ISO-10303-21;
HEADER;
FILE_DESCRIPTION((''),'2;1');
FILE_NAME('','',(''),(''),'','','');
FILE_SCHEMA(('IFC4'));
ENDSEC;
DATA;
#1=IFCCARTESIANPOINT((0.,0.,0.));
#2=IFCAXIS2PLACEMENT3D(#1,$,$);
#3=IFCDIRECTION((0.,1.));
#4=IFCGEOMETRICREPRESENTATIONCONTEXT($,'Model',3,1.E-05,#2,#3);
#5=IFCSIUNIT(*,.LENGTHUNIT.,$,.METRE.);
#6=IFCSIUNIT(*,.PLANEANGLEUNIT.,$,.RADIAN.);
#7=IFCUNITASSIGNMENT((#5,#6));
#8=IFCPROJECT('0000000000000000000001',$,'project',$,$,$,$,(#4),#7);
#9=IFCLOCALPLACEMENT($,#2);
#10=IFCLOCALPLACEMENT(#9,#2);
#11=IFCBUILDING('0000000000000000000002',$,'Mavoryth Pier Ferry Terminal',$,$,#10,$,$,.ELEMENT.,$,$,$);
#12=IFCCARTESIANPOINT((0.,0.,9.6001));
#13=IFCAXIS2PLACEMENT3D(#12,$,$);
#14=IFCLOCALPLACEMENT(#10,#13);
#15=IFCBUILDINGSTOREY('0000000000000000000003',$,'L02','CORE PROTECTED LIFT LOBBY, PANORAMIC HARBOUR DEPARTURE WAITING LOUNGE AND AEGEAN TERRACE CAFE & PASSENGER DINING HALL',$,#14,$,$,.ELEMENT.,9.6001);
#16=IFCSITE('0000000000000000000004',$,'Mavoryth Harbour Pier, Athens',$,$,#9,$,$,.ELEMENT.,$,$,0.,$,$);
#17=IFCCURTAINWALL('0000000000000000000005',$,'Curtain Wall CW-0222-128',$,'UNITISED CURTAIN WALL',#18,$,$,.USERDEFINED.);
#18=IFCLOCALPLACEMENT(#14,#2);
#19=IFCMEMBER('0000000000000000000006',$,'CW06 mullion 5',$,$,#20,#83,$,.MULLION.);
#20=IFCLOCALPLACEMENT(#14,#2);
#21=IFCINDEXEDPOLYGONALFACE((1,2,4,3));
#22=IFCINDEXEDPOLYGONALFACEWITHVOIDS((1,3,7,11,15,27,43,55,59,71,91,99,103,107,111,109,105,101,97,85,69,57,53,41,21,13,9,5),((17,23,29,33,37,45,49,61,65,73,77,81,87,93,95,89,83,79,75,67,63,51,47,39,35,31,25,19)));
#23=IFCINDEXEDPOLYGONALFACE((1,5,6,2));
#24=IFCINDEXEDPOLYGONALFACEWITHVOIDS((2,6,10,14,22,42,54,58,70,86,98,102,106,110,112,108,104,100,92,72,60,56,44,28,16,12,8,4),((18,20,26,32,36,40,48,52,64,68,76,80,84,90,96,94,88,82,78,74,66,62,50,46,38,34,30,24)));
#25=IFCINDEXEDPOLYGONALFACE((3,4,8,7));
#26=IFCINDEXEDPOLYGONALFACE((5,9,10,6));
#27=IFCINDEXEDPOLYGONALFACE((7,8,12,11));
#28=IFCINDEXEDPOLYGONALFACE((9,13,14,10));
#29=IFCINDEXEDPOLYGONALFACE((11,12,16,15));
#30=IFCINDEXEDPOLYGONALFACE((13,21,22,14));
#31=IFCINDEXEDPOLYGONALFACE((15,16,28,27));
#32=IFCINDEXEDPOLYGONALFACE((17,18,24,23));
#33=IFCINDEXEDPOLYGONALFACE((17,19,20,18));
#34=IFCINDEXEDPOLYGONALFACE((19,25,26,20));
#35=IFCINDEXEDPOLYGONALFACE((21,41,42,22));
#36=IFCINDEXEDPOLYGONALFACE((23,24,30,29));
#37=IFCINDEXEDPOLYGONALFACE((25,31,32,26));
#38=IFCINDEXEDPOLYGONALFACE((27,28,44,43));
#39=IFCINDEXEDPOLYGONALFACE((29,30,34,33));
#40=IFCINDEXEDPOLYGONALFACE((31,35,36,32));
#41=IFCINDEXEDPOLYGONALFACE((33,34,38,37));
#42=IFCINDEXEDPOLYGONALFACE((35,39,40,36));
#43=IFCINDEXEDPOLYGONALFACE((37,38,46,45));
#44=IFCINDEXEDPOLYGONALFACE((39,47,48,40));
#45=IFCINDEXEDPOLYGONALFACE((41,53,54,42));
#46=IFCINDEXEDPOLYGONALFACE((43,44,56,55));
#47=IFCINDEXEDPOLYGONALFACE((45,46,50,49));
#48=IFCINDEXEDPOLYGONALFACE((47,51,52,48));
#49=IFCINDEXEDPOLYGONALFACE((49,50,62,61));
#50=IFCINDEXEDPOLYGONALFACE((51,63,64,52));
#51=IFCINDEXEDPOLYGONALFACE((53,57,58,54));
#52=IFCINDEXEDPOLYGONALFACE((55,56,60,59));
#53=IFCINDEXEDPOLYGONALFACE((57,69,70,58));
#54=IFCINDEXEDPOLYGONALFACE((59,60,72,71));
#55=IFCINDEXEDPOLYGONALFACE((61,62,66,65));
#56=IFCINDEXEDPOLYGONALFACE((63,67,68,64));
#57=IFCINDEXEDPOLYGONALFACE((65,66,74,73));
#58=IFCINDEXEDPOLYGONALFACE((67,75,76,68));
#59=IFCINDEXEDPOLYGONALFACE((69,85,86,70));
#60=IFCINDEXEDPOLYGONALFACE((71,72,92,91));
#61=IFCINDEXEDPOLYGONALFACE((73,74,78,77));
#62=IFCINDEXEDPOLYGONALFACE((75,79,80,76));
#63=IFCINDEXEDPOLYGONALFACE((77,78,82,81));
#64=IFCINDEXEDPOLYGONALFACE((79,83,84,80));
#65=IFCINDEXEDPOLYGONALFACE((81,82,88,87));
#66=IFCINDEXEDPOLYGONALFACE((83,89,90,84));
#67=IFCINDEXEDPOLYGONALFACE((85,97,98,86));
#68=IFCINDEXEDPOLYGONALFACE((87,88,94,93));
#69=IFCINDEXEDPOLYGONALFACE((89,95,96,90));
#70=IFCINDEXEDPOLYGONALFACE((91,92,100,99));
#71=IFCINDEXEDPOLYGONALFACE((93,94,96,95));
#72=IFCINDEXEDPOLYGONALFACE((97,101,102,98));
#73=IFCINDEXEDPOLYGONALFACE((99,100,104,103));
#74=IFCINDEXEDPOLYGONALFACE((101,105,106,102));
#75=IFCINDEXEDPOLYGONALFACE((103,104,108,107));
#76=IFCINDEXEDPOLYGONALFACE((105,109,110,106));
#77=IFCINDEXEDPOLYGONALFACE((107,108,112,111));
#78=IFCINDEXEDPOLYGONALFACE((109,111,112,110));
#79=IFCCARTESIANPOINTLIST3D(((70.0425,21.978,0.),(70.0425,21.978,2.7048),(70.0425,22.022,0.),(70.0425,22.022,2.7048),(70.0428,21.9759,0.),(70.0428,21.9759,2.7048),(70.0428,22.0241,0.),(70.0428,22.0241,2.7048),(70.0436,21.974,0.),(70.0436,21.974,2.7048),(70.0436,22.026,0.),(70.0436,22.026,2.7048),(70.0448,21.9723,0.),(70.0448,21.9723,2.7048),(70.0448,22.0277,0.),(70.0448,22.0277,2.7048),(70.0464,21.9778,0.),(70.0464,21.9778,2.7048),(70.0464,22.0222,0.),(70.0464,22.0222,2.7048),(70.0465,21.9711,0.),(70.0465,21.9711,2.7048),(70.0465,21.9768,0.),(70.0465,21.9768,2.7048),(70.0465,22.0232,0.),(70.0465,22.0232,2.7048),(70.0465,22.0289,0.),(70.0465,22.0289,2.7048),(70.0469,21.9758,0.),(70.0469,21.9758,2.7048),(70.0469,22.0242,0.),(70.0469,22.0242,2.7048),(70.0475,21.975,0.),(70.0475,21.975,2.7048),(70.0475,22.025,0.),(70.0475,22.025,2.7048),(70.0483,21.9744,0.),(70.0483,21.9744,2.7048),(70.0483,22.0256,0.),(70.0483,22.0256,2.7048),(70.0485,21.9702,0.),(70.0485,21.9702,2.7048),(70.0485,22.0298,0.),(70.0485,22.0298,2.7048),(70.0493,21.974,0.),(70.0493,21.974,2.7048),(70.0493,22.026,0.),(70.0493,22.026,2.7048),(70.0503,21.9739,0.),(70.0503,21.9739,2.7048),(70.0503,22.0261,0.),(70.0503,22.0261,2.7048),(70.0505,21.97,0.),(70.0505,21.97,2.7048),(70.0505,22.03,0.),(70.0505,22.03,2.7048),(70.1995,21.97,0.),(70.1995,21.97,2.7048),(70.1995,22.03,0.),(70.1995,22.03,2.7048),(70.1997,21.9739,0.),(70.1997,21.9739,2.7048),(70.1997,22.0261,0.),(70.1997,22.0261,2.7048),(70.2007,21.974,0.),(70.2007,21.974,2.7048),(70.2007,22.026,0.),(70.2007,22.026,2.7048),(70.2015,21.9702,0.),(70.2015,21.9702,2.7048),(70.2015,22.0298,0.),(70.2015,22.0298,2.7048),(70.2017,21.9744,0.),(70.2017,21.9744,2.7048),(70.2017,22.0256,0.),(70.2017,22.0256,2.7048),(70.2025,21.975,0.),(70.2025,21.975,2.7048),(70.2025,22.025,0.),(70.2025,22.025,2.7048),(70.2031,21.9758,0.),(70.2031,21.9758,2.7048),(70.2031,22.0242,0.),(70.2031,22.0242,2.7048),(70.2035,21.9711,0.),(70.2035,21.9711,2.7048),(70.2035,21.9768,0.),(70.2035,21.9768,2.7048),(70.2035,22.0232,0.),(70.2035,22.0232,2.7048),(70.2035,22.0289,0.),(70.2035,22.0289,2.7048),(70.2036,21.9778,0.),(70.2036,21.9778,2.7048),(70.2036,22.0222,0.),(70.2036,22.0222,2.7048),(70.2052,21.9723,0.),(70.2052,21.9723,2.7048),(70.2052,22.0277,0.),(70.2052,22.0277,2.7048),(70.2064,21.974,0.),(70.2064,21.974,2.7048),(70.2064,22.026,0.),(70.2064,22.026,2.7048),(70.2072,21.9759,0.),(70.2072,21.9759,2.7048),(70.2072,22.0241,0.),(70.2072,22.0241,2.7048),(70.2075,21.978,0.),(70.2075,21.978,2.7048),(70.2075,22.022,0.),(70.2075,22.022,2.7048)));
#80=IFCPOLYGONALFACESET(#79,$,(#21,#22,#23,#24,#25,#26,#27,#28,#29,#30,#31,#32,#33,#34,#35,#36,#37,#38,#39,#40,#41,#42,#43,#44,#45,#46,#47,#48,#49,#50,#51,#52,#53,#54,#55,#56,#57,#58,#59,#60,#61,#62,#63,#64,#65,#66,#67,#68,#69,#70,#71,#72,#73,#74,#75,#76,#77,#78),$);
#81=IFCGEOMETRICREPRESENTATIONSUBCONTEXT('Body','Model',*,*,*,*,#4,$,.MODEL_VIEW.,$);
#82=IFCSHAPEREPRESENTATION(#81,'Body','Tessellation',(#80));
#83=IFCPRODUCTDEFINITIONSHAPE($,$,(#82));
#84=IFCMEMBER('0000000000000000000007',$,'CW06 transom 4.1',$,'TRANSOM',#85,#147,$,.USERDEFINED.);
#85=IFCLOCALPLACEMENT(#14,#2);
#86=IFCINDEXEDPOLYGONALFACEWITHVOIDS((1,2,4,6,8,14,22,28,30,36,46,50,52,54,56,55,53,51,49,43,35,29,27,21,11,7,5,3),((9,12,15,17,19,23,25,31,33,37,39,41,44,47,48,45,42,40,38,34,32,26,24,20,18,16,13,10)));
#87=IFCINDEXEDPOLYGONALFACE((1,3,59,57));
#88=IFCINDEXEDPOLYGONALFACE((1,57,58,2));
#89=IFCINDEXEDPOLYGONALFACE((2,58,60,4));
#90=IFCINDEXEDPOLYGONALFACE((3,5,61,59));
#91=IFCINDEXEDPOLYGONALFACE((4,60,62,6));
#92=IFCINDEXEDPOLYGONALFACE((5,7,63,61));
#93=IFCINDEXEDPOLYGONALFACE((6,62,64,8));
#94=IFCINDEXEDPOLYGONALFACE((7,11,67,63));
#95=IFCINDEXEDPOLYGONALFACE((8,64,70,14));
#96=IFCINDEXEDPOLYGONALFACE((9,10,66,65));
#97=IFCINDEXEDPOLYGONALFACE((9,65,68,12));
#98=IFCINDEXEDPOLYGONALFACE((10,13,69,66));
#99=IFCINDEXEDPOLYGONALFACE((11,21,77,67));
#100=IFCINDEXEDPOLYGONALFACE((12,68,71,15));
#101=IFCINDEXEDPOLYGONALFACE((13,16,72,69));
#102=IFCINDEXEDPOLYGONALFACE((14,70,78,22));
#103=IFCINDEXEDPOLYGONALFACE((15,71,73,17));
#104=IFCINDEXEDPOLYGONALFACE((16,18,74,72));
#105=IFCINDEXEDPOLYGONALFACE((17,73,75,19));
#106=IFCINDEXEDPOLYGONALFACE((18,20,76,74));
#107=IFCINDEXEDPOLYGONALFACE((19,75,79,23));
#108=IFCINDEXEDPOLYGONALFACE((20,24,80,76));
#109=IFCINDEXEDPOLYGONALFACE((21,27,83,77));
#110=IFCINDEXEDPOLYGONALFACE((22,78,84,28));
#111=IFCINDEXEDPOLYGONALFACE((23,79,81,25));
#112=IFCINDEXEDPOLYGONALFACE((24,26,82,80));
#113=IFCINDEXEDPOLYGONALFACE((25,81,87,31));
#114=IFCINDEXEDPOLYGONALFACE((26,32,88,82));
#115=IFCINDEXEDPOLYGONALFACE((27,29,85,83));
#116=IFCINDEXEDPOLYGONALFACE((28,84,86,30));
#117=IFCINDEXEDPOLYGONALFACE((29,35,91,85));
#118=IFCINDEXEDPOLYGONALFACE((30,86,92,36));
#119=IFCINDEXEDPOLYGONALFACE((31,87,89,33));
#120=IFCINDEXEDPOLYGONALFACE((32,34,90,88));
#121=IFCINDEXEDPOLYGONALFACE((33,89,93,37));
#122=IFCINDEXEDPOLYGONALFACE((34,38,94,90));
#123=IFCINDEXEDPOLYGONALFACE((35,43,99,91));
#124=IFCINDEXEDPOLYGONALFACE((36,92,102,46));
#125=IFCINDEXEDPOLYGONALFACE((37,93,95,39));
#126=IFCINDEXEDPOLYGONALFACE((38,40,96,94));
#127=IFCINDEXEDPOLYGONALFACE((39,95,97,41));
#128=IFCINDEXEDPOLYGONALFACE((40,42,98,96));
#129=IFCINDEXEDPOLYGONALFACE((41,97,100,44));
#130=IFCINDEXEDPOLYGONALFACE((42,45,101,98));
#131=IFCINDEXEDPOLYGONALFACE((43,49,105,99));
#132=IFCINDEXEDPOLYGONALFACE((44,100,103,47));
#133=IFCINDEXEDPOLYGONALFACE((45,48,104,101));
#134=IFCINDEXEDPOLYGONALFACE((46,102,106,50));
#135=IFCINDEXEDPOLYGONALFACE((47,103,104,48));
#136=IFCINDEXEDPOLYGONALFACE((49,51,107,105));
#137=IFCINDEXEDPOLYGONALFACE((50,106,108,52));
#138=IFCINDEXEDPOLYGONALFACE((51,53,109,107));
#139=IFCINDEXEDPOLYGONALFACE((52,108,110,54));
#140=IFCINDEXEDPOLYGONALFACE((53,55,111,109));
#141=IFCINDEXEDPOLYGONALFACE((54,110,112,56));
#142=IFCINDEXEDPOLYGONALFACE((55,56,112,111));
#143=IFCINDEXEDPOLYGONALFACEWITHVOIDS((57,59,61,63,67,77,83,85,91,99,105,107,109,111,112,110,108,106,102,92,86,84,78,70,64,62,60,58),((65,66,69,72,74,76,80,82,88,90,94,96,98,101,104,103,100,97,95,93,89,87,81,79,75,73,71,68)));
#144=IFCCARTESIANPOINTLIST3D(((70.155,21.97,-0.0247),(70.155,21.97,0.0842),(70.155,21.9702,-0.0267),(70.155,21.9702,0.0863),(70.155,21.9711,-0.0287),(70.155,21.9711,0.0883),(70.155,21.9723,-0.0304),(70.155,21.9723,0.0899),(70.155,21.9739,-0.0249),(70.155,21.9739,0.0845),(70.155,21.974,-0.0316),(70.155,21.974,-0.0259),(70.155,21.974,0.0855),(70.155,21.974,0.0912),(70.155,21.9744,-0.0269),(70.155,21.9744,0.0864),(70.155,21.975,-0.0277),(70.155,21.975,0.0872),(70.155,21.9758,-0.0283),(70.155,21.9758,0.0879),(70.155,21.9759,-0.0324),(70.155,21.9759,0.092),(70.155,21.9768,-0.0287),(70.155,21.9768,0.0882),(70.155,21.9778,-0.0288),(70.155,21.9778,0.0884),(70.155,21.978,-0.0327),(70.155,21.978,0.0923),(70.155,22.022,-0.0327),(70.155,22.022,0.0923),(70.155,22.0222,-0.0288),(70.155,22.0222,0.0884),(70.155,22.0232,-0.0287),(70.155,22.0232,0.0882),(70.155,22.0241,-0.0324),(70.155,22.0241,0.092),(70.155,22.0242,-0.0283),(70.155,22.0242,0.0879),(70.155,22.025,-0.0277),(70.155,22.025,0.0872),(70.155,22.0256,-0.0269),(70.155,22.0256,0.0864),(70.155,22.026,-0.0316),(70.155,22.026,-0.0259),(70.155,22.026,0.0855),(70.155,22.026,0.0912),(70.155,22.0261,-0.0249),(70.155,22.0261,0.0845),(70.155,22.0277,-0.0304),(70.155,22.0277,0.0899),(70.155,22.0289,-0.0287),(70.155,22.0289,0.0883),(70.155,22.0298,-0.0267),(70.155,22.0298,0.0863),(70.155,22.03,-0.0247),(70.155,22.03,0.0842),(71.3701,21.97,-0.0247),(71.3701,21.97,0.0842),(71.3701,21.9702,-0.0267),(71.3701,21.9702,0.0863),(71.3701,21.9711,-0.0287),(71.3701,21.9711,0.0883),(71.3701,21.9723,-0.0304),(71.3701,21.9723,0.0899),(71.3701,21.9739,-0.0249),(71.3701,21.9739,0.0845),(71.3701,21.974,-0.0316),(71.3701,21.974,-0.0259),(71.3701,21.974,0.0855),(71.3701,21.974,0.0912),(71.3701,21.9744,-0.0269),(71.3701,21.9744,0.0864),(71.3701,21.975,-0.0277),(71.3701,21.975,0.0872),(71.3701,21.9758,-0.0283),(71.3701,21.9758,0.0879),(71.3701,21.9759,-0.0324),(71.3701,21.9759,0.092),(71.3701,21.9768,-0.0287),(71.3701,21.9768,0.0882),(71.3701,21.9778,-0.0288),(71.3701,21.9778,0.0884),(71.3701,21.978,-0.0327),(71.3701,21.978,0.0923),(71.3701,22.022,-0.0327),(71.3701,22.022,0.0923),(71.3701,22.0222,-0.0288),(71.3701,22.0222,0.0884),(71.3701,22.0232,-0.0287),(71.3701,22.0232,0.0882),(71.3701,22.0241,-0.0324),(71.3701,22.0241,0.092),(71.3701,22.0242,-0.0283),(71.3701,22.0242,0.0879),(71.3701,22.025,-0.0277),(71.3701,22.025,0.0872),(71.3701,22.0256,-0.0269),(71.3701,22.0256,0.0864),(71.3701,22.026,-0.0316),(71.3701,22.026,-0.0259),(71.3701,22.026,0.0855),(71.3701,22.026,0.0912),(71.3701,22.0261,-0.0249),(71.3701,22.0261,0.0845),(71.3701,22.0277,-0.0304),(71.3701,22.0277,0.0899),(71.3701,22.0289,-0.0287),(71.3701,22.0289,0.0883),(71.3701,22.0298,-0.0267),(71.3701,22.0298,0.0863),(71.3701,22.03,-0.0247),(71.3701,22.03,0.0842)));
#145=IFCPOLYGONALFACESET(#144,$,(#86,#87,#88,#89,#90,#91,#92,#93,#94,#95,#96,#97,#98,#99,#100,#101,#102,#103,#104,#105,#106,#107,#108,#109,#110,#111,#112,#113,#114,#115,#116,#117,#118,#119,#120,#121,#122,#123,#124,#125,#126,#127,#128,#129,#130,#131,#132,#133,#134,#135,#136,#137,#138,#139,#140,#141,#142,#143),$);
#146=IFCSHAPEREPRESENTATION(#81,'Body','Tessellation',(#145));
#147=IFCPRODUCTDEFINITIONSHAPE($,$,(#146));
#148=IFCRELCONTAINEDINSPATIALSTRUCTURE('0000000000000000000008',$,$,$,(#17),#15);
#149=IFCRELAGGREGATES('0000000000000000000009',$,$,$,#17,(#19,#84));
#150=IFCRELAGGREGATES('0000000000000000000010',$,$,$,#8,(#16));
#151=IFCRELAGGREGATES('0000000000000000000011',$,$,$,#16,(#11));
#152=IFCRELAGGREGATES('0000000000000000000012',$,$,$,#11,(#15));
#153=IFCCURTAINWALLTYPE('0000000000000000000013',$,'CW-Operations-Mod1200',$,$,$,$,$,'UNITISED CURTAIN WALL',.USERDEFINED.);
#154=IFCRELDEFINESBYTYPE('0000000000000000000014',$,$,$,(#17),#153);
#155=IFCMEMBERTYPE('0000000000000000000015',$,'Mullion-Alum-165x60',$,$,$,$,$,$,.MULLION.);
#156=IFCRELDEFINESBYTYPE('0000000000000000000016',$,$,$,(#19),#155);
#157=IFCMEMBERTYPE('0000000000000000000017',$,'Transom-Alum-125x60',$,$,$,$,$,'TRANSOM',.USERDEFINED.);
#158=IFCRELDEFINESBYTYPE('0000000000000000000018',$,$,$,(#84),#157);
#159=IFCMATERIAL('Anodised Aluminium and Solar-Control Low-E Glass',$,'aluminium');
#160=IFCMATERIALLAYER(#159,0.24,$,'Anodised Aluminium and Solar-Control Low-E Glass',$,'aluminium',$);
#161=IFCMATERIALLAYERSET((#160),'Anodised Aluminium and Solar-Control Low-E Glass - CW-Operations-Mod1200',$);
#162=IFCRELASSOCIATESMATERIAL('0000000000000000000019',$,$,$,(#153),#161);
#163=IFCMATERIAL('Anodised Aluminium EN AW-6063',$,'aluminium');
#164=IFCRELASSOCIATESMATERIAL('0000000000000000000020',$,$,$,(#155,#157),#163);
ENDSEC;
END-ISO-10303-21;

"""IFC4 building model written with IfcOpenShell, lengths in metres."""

from ifc_helpers import new_model, si_unit, direction, frame, origin, origin_2d, place, context, subcontext, project, spatial, hollow_rectangle, extrude, material, layer, layer_set, material_profile, profile_set, type_object, element, aggregate, save


model = new_model("IFC4")

# Units and contexts
model_context = context("Model", 3, precision=1e-05, world=origin(), true_north=direction((0.0, 1.0)))
body_context = subcontext(model_context, "Body", "Model", "MODEL_VIEW")
ifc_project = project(units=[si_unit("LENGTHUNIT", "METRE"), si_unit("PLANEANGLEUNIT", "RADIAN")], contexts=[model_context])

# Site, building, storey
site_placement = place(None, origin())
site = spatial("IfcSite", under=ifc_project, at=site_placement, Name="Mavoryth Harbour Pier, Athens", CompositionType="ELEMENT", RefElevation=0.0)
building_placement = place(site_placement, origin())
building = spatial("IfcBuilding", under=site, at=building_placement, Name="Mavoryth Pier Ferry Terminal", CompositionType="ELEMENT")
storey_placement = place(building_placement, frame((0.0, 0.0, 9.6001)))
storey = spatial("IfcBuildingStorey", under=building, at=storey_placement, Name="L02", Description="CORE PROTECTED LIFT LOBBY, PANORAMIC HARBOUR DEPARTURE WAITING LOUNGE AND AEGEAN TERRACE CAFE & PASSENGER DINING HALL", CompositionType="ELEMENT", Elevation=9.6001)

# Curtain wall, members
ifc_material_1 = material(Name="Anodised Aluminium and Solar-Control Low-E Glass", Category="aluminium")
ifc_layer_1 = layer(ifc_material_1, 0.24, Name="Anodised Aluminium and Solar-Control Low-E Glass", Category="aluminium")
ifc_layer_set_1 = layer_set([ifc_layer_1], Name="Anodised Aluminium and Solar-Control Low-E Glass - CW-Operations-Mod1200")
curtain_wall_type = type_object("IfcCurtainWallType", Name="CW-Operations-Mod1200", ElementType="UNITISED CURTAIN WALL", PredefinedType="USERDEFINED", material=ifc_layer_set_1)
curtain_wall_placement = place(storey_placement, origin())
curtain_wall = element("IfcCurtainWall", 1, at=curtain_wall_placement, inside=storey, type_object=curtain_wall_type, Name="Curtain Wall CW-0222-128", ObjectType="UNITISED CURTAIN WALL", PredefinedType="USERDEFINED")
ifc_material_2 = material(Name="Anodised Aluminium EN AW-6063", Category="aluminium")
ifc_material_profile_1 = material_profile(ifc_material_2, hollow_rectangle(XDim=0.0601, YDim=0.165, WallThickness=0.0039, InnerFilletRadius=0.0039, OuterFilletRadius=0.0081, at=origin_2d()), Name="AL-MULL 165x60x4", Category="aluminium")
ifc_profile_set_1 = profile_set([ifc_material_profile_1], Name="Anodised Aluminium EN AW-6063 - AL-MULL 165x60x4")
member_type_1 = type_object("IfcMemberType", Name="Mullion-Alum-165x60", PredefinedType="MULLION", material=ifc_profile_set_1)
member_1_placement = place(storey_placement, frame((70.125, 22.0, 0.0), z_axis=(0.0, 0.0, 1.0), x_axis=(0.0, -1.0, 0.0)))
member_1 = element("IfcMember", 2, at=member_1_placement, type_object=member_type_1, Name="CW06 mullion 5", PredefinedType="MULLION", context=body_context, shape_type="SweptSolid", body=[
    extrude(hollow_rectangle(XDim=0.0601, YDim=0.165, WallThickness=0.0039, InnerFilletRadius=0.0039, OuterFilletRadius=0.0081, at=origin_2d()), origin(), (0.0, 0.0, 1.0), 2.7048),
])
ifc_material_profile_2 = material_profile(ifc_material_2, hollow_rectangle(XDim=0.0601, YDim=0.125, WallThickness=0.0039, InnerFilletRadius=0.0039, OuterFilletRadius=0.0081, at=origin_2d()), Name="AL-TRAN 125x60x4", Category="aluminium")
ifc_profile_set_2 = profile_set([ifc_material_profile_2], Name="Anodised Aluminium EN AW-6063 - AL-TRAN 125x60x4")
member_type_2 = type_object("IfcMemberType", Name="Transom-Alum-125x60", ElementType="TRANSOM", PredefinedType="USERDEFINED", material=ifc_profile_set_2)
member_2_placement = place(storey_placement, frame((71.3701, 22.0, 0.0298), z_axis=(-1.0, 0.0, 0.0), x_axis=(0.0, -1.0, 0.0)))
member_2 = element("IfcMember", 3, at=member_2_placement, type_object=member_type_2, Name="CW06 transom 4.1", ObjectType="TRANSOM", PredefinedType="USERDEFINED", context=body_context, shape_type="SweptSolid", body=[
    extrude(hollow_rectangle(XDim=0.0601, YDim=0.125, WallThickness=0.0039, InnerFilletRadius=0.0039, OuterFilletRadius=0.0081, at=origin_2d()), origin(), (0.0, 0.0, 1.0), 1.2151),
])
aggregate(curtain_wall, [member_1, member_2])

save(model, "model.ifc")
